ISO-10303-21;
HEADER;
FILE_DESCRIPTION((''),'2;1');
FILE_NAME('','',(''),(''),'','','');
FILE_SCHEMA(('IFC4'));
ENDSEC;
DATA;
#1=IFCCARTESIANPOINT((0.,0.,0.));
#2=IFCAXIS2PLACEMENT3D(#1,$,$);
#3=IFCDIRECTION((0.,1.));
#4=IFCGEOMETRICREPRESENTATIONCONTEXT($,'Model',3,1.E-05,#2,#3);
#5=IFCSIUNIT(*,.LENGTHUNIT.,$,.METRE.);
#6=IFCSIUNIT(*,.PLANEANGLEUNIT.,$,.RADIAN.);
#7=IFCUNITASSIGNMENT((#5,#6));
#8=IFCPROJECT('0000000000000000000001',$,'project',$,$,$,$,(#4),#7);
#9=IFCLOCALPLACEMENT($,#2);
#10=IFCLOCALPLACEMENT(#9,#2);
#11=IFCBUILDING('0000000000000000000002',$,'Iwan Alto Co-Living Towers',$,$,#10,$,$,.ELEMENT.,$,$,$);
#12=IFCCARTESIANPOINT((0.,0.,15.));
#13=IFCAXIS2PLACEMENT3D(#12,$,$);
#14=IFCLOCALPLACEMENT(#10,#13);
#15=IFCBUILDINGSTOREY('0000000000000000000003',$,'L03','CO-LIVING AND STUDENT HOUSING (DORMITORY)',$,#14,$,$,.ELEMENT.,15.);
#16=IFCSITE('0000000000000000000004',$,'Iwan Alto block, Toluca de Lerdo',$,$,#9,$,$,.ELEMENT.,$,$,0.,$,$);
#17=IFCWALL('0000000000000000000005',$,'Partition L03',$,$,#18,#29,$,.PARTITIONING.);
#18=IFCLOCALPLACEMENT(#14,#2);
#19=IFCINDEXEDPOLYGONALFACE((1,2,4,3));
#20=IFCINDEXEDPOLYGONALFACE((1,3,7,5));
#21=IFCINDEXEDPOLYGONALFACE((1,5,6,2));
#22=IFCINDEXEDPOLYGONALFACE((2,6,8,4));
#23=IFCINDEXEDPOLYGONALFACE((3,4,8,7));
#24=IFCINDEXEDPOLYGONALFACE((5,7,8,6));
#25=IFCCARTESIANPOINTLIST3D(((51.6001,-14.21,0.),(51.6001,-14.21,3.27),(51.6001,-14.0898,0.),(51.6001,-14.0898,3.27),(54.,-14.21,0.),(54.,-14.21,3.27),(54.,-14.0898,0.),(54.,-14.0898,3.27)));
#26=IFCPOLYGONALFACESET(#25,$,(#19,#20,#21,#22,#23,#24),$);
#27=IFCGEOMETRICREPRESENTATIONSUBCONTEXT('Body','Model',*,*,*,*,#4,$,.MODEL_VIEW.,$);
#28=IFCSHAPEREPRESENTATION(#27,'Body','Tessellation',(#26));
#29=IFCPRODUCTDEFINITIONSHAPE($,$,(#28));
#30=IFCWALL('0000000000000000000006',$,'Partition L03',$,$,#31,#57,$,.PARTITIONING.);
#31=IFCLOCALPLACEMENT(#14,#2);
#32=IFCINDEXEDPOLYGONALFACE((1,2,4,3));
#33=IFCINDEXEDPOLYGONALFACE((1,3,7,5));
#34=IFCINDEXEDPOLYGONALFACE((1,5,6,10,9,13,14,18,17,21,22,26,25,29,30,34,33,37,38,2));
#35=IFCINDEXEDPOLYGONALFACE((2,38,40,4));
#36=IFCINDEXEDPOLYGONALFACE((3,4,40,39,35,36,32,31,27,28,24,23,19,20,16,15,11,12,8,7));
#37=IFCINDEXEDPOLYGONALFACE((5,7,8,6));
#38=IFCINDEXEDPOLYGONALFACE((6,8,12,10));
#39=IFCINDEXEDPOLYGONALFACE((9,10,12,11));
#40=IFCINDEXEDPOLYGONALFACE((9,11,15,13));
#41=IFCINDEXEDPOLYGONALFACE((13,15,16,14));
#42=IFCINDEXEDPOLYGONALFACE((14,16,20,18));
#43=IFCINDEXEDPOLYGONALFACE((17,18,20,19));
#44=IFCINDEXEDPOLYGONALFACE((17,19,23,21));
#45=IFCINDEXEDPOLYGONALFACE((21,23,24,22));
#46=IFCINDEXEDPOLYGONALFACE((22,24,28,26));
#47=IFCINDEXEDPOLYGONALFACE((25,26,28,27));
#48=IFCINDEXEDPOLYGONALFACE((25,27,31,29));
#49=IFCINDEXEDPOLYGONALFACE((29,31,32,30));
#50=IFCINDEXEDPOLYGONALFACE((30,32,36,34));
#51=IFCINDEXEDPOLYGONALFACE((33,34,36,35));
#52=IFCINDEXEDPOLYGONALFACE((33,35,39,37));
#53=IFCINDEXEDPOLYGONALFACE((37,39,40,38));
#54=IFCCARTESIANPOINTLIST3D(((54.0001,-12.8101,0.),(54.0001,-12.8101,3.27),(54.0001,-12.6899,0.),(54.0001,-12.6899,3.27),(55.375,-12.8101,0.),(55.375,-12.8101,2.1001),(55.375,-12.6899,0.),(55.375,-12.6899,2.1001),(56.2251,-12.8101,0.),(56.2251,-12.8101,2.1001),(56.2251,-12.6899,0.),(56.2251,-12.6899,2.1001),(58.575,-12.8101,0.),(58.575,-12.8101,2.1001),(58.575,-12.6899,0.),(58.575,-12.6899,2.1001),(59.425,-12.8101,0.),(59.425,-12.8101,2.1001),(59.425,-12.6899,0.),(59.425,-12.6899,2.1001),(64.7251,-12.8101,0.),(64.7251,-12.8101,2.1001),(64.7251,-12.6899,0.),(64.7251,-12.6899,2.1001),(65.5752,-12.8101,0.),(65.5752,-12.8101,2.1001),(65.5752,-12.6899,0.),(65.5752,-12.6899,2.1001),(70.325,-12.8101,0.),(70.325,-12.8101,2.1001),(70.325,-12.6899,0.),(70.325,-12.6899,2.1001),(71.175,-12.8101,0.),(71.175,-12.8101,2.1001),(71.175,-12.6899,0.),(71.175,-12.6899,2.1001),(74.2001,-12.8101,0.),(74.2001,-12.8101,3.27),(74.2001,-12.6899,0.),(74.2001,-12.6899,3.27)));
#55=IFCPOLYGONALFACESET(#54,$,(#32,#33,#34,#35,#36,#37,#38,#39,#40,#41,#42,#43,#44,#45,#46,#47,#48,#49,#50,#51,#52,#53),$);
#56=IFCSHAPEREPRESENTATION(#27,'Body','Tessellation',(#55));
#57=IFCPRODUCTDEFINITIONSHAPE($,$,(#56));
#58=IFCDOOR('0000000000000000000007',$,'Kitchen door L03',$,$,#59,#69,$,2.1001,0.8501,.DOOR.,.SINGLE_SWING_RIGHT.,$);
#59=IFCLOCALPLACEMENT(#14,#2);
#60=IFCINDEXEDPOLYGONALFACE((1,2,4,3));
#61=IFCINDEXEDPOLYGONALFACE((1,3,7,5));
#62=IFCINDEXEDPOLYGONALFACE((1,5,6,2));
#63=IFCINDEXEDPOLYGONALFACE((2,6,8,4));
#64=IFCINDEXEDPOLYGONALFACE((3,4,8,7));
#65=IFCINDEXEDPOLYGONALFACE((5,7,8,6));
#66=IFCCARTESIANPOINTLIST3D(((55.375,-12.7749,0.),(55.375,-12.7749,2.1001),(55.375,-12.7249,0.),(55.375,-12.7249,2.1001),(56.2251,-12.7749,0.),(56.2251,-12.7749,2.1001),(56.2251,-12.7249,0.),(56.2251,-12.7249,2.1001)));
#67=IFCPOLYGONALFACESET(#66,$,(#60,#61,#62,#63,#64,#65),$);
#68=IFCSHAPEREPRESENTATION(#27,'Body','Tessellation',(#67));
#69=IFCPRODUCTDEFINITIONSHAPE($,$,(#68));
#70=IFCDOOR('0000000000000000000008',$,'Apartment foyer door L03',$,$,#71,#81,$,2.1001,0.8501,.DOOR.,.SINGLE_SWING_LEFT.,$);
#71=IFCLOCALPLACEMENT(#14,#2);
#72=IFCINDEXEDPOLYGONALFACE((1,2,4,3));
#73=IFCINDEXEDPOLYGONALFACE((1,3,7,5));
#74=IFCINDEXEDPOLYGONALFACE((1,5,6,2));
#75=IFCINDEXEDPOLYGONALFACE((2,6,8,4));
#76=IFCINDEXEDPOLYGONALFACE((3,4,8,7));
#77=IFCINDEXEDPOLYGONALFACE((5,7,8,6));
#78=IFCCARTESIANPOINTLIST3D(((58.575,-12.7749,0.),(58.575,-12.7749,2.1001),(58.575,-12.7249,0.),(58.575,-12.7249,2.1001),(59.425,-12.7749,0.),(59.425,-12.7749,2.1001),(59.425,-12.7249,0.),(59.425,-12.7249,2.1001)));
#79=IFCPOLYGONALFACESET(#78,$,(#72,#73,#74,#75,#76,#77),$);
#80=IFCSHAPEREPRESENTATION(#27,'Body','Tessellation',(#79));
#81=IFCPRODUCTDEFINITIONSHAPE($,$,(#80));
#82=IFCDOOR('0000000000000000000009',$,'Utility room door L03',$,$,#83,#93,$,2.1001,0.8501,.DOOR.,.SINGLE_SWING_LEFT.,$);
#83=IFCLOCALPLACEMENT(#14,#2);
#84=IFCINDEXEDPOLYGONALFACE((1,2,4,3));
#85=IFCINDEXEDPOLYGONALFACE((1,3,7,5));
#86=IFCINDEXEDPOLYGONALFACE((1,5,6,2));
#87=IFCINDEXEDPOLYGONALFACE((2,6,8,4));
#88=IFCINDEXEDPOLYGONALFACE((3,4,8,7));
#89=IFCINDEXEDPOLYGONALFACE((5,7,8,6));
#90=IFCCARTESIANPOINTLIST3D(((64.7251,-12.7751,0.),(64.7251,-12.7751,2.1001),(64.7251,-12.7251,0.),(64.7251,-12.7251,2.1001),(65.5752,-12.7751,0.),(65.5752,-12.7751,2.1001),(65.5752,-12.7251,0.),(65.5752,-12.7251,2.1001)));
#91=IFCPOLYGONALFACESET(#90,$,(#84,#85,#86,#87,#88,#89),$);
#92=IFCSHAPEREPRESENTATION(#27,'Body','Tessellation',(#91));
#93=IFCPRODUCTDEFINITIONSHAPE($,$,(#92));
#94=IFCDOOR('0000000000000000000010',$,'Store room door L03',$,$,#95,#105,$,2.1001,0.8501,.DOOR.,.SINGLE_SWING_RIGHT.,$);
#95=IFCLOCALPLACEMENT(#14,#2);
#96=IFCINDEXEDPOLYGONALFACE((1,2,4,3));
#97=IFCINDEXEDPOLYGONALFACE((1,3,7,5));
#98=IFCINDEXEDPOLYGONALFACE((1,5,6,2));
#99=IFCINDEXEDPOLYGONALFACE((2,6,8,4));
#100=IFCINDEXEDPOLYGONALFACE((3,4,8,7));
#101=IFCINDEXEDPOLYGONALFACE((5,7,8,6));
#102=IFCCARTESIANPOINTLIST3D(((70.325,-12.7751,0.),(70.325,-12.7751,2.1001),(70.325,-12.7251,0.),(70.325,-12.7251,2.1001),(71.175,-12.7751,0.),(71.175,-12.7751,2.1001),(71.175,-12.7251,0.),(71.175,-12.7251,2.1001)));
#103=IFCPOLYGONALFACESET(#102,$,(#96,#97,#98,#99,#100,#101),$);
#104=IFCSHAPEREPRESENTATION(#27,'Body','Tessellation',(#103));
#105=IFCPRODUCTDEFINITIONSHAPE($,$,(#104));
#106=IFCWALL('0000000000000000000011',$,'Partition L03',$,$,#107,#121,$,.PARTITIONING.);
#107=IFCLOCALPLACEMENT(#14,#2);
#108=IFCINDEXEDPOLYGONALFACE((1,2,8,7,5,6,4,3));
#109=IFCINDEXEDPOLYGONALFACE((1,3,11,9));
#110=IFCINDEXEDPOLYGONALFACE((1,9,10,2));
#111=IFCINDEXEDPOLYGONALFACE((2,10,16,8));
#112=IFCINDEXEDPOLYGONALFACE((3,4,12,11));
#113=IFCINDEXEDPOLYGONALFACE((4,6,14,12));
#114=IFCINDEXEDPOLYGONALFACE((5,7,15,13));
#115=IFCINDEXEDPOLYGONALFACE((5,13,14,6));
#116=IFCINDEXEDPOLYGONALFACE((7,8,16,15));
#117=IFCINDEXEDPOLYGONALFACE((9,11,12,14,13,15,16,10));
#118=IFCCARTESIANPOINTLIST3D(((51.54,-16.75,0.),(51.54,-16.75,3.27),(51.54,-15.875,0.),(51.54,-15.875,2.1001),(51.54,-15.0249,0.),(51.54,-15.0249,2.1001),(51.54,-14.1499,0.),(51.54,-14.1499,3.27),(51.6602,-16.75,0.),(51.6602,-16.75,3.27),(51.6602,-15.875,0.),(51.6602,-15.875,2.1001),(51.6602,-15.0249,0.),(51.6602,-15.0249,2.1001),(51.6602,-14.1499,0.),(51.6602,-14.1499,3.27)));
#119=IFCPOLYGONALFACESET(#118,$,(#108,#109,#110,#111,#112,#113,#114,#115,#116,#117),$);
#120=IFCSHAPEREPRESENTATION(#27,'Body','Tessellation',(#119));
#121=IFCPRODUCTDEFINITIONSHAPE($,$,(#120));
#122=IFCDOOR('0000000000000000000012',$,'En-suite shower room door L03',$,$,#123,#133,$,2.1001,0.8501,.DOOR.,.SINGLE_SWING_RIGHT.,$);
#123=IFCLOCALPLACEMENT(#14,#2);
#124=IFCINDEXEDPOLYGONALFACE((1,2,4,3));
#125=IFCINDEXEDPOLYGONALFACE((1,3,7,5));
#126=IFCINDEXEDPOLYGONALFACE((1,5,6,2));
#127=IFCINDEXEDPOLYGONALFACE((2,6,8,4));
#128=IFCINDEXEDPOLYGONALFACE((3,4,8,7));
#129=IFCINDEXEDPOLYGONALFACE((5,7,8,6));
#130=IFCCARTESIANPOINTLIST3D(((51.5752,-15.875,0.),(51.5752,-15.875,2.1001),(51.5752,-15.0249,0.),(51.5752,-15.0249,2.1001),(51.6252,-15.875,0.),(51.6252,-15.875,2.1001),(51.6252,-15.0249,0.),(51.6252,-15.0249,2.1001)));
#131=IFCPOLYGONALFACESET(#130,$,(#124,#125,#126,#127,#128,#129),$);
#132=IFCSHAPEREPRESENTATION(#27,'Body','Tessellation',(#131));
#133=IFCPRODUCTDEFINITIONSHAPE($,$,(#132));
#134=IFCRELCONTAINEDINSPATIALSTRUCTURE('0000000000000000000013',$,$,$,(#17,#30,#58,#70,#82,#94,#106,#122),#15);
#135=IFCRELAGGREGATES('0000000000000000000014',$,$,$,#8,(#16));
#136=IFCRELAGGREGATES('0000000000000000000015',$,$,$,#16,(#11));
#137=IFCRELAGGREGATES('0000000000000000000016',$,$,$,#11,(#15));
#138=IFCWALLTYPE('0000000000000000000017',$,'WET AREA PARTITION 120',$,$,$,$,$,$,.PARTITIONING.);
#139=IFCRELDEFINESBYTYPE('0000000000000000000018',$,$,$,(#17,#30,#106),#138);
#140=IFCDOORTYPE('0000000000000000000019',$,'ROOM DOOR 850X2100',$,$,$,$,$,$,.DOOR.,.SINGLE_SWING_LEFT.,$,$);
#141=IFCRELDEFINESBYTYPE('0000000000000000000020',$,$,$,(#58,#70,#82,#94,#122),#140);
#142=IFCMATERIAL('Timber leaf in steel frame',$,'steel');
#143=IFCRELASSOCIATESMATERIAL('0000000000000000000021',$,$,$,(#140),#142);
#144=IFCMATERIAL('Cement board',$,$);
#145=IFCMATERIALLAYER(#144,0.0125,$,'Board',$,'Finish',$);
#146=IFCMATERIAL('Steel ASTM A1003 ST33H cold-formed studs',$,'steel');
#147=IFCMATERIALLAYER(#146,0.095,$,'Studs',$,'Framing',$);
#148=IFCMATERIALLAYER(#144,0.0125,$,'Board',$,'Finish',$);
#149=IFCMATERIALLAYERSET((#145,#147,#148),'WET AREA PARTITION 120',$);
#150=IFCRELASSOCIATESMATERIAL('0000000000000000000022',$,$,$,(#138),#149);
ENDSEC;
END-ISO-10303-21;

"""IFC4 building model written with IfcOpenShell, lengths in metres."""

from ifc_helpers import new_model, si_unit, direction, frame, frame_2d, origin, place, context, subcontext, project, spatial, rectangle, extrude, material, layer, layer_set, type_object, element, fill, save


model = new_model("IFC4")

# Units and contexts
model_context = context("Model", 3, precision=1e-05, world=origin(), true_north=direction((0.0, 1.0)))
body_context = subcontext(model_context, "Body", "Model", "MODEL_VIEW")
ifc_project = project(units=[si_unit("LENGTHUNIT", "METRE"), si_unit("PLANEANGLEUNIT", "RADIAN")], contexts=[model_context])

# Site, building, storey
site_placement = place(None, origin())
site = spatial("IfcSite", under=ifc_project, at=site_placement, Name="Iwan Alto block, Toluca de Lerdo", CompositionType="ELEMENT", RefElevation=0.0)
building_placement = place(site_placement, origin())
building = spatial("IfcBuilding", under=site, at=building_placement, Name="Iwan Alto Co-Living Towers", CompositionType="ELEMENT")
storey_placement = place(building_placement, frame((0.0, 0.0, 15.0)))
storey = spatial("IfcBuildingStorey", under=building, at=storey_placement, Name="L03", Description="CO-LIVING AND STUDENT HOUSING (DORMITORY)", CompositionType="ELEMENT", Elevation=15.0)

# Shared definitions
ifc_material_1 = material(Name="Steel ASTM A1003 ST33H cold-formed studs", Category="steel")

# Shared definitions
ifc_material_2 = material(Name="Timber leaf in steel frame", Category="steel")
door_type = type_object("IfcDoorType", Name="ROOM DOOR 850X2100", OperationType="SINGLE_SWING_LEFT", PredefinedType="DOOR", material=ifc_material_2)

# Wall
ifc_material_3 = material(Name="Cement board")
ifc_layer_1 = layer(ifc_material_3, 0.0125, Name="Board", Category="Finish")
ifc_layer_2 = layer(ifc_material_1, 0.095, Name="Studs", Category="Framing")
ifc_layer_3 = layer(ifc_material_3, 0.0125, Name="Board", Category="Finish")
ifc_layer_set_1 = layer_set([ifc_layer_1, ifc_layer_2, ifc_layer_3], Name="WET AREA PARTITION 120")
wall_type_1 = type_object("IfcWallType", Name="WET AREA PARTITION 120", PredefinedType="PARTITIONING", material=ifc_layer_set_1)
for number, where, z_axis, x_axis, name in (
    (1, (51.6001, -14.1499, 0.0), (0.0, 0.0, 1.0), (1.0, 0.0, 0.0), "Partition L03"),
):
    element("IfcWall", number, at=place(storey_placement, frame(where, z_axis=z_axis, x_axis=x_axis)), inside=storey, type_object=wall_type_1, Name=name, PredefinedType="PARTITIONING", context=body_context, shape_type="SweptSolid", body=[
        extrude(rectangle(XDim=2.3999, YDim=0.1201, at=frame_2d((1.2, 0.0))), origin(), (0.0, 0.0, 1.0), 3.27),
    ])

# Wall, openings, doors
wall_1_placement = place(storey_placement, frame((54.0, -12.75, 0.0), z_axis=(0.0, 0.0, 1.0), x_axis=(1.0, 0.0, 0.0)))
wall_1 = element("IfcWall", 2, at=wall_1_placement, inside=storey, type_object=wall_type_1, Name="Partition L03", PredefinedType="PARTITIONING", context=body_context, shape_type="SweptSolid", body=[
    extrude(rectangle(XDim=20.2, YDim=0.1201, at=frame_2d((10.1001, 0.0))), origin(), (0.0, 0.0, 1.0), 3.27),
])
opening_1_placement = place(wall_1_placement, frame((1.375, 0.0, 0.0)))
opening_1 = element("IfcOpeningElement", 3, at=opening_1_placement, cuts=wall_1, PredefinedType="OPENING", context=body_context, shape_type="SweptSolid", body=[
    extrude(rectangle(XDim=0.8501, YDim=2.1001, at=frame_2d((0.425, 1.05))), frame((0.0, 0.0701, 0.0), z_axis=(0.0, -1.0, 0.0), x_axis=(1.0, 0.0, 0.0)), (0.0, 0.0, 1.0), 0.1401),
])
opening_2_placement = place(wall_1_placement, frame((4.575, 0.0, 0.0)))
opening_2 = element("IfcOpeningElement", 4, at=opening_2_placement, cuts=wall_1, PredefinedType="OPENING", context=body_context, shape_type="SweptSolid", body=[
    extrude(rectangle(XDim=0.8501, YDim=2.1001, at=frame_2d((0.425, 1.05))), frame((0.0, 0.0701, 0.0), z_axis=(0.0, -1.0, 0.0), x_axis=(1.0, 0.0, 0.0)), (0.0, 0.0, 1.0), 0.1401),
])
opening_3_placement = place(wall_1_placement, frame((10.7251, 0.0, 0.0)))
opening_3 = element("IfcOpeningElement", 5, at=opening_3_placement, cuts=wall_1, PredefinedType="OPENING", context=body_context, shape_type="SweptSolid", body=[
    extrude(rectangle(XDim=0.8501, YDim=2.1001, at=frame_2d((0.425, 1.05))), frame((0.0, 0.0701, 0.0), z_axis=(0.0, -1.0, 0.0), x_axis=(1.0, 0.0, 0.0)), (0.0, 0.0, 1.0), 0.1401),
])
opening_4_placement = place(wall_1_placement, frame((16.325, 0.0, 0.0)))
opening_4 = element("IfcOpeningElement", 6, at=opening_4_placement, cuts=wall_1, PredefinedType="OPENING", context=body_context, shape_type="SweptSolid", body=[
    extrude(rectangle(XDim=0.8501, YDim=2.1001, at=frame_2d((0.425, 1.05))), frame((0.0, 0.0701, 0.0), z_axis=(0.0, -1.0, 0.0), x_axis=(1.0, 0.0, 0.0)), (0.0, 0.0, 1.0), 0.1401),
])
door_1_placement = place(opening_1_placement, frame((0.8501, 0.0, 0.0), z_axis=(0.0, 0.0, 1.0), x_axis=(-1.0, 0.0, 0.0)))
door_1 = element("IfcDoor", 7, at=door_1_placement, inside=storey, type_object=door_type, Name="Kitchen door L03", OperationType="SINGLE_SWING_RIGHT", OverallHeight=2.1001, OverallWidth=0.8501, PredefinedType="DOOR", context=body_context, shape_type="SweptSolid", body=[
    extrude(rectangle(XDim=0.8501, YDim=2.1001, at=frame_2d((0.425, 1.05))), frame((0.0, 0.0249, 0.0), z_axis=(0.0, -1.0, 0.0), x_axis=(1.0, 0.0, 0.0)), (0.0, 0.0, 1.0), 0.05),
])
fill(opening_1, door_1)
door_2_placement = place(opening_2_placement, frame((0.8501, 0.0, 0.0), z_axis=(0.0, 0.0, 1.0), x_axis=(-1.0, 0.0, 0.0)))
door_2 = element("IfcDoor", 8, at=door_2_placement, inside=storey, type_object=door_type, Name="Apartment foyer door L03", OperationType="SINGLE_SWING_LEFT", OverallHeight=2.1001, OverallWidth=0.8501, PredefinedType="DOOR", context=body_context, shape_type="SweptSolid", body=[
    extrude(rectangle(XDim=0.8501, YDim=2.1001, at=frame_2d((0.425, 1.05))), frame((0.0, 0.0249, 0.0), z_axis=(0.0, -1.0, 0.0), x_axis=(1.0, 0.0, 0.0)), (0.0, 0.0, 1.0), 0.05),
])
fill(opening_2, door_2)
door_3_placement = place(opening_3_placement, origin())
door_3 = element("IfcDoor", 9, at=door_3_placement, inside=storey, type_object=door_type, Name="Utility room door L03", OperationType="SINGLE_SWING_LEFT", OverallHeight=2.1001, OverallWidth=0.8501, PredefinedType="DOOR", context=body_context, shape_type="SweptSolid", body=[
    extrude(rectangle(XDim=0.8501, YDim=2.1001, at=frame_2d((0.425, 1.05))), frame((0.0, 0.0249, 0.0), z_axis=(0.0, -1.0, 0.0), x_axis=(1.0, 0.0, 0.0)), (0.0, 0.0, 1.0), 0.05),
])
fill(opening_3, door_3)
door_4_placement = place(opening_4_placement, origin())
door_4 = element("IfcDoor", 10, at=door_4_placement, inside=storey, type_object=door_type, Name="Store room door L03", OperationType="SINGLE_SWING_RIGHT", OverallHeight=2.1001, OverallWidth=0.8501, PredefinedType="DOOR", context=body_context, shape_type="SweptSolid", body=[
    extrude(rectangle(XDim=0.8501, YDim=2.1001, at=frame_2d((0.425, 1.05))), frame((0.0, 0.0249, 0.0), z_axis=(0.0, -1.0, 0.0), x_axis=(1.0, 0.0, 0.0)), (0.0, 0.0, 1.0), 0.05),
])
fill(opening_4, door_4)

# Wall, opening, door
wall_2_placement = place(storey_placement, frame((51.6001, -16.75, 0.0), z_axis=(0.0, 0.0, 1.0), x_axis=(0.0, 1.0, 0.0)))
wall_2 = element("IfcWall", 11, at=wall_2_placement, inside=storey, type_object=wall_type_1, Name="Partition L03", PredefinedType="PARTITIONING", context=body_context, shape_type="SweptSolid", body=[
    extrude(rectangle(XDim=2.6001, YDim=0.1201, at=frame_2d((1.3, 0.0))), origin(), (0.0, 0.0, 1.0), 3.27),
])
opening_5_placement = place(wall_2_placement, frame((0.875, 0.0, 0.0)))
opening_5 = element("IfcOpeningElement", 12, at=opening_5_placement, cuts=wall_2, PredefinedType="OPENING", context=body_context, shape_type="SweptSolid", body=[
    extrude(rectangle(XDim=0.8501, YDim=2.1001, at=frame_2d((0.425, 1.05))), frame((0.0, 0.0701, 0.0), z_axis=(0.0, -1.0, 0.0), x_axis=(1.0, 0.0, 0.0)), (0.0, 0.0, 1.0), 0.1401),
])
door_5_placement = place(opening_5_placement, origin())
door_5 = element("IfcDoor", 13, at=door_5_placement, inside=storey, type_object=door_type, Name="En-suite shower room door L03", OperationType="SINGLE_SWING_RIGHT", OverallHeight=2.1001, OverallWidth=0.8501, PredefinedType="DOOR", context=body_context, shape_type="SweptSolid", body=[
    extrude(rectangle(XDim=0.8501, YDim=2.1001, at=frame_2d((0.425, 1.05))), frame((0.0, 0.0249, 0.0), z_axis=(0.0, -1.0, 0.0), x_axis=(1.0, 0.0, 0.0)), (0.0, 0.0, 1.0), 0.05),
])
fill(opening_5, door_5)

save(model, "model.ifc")
